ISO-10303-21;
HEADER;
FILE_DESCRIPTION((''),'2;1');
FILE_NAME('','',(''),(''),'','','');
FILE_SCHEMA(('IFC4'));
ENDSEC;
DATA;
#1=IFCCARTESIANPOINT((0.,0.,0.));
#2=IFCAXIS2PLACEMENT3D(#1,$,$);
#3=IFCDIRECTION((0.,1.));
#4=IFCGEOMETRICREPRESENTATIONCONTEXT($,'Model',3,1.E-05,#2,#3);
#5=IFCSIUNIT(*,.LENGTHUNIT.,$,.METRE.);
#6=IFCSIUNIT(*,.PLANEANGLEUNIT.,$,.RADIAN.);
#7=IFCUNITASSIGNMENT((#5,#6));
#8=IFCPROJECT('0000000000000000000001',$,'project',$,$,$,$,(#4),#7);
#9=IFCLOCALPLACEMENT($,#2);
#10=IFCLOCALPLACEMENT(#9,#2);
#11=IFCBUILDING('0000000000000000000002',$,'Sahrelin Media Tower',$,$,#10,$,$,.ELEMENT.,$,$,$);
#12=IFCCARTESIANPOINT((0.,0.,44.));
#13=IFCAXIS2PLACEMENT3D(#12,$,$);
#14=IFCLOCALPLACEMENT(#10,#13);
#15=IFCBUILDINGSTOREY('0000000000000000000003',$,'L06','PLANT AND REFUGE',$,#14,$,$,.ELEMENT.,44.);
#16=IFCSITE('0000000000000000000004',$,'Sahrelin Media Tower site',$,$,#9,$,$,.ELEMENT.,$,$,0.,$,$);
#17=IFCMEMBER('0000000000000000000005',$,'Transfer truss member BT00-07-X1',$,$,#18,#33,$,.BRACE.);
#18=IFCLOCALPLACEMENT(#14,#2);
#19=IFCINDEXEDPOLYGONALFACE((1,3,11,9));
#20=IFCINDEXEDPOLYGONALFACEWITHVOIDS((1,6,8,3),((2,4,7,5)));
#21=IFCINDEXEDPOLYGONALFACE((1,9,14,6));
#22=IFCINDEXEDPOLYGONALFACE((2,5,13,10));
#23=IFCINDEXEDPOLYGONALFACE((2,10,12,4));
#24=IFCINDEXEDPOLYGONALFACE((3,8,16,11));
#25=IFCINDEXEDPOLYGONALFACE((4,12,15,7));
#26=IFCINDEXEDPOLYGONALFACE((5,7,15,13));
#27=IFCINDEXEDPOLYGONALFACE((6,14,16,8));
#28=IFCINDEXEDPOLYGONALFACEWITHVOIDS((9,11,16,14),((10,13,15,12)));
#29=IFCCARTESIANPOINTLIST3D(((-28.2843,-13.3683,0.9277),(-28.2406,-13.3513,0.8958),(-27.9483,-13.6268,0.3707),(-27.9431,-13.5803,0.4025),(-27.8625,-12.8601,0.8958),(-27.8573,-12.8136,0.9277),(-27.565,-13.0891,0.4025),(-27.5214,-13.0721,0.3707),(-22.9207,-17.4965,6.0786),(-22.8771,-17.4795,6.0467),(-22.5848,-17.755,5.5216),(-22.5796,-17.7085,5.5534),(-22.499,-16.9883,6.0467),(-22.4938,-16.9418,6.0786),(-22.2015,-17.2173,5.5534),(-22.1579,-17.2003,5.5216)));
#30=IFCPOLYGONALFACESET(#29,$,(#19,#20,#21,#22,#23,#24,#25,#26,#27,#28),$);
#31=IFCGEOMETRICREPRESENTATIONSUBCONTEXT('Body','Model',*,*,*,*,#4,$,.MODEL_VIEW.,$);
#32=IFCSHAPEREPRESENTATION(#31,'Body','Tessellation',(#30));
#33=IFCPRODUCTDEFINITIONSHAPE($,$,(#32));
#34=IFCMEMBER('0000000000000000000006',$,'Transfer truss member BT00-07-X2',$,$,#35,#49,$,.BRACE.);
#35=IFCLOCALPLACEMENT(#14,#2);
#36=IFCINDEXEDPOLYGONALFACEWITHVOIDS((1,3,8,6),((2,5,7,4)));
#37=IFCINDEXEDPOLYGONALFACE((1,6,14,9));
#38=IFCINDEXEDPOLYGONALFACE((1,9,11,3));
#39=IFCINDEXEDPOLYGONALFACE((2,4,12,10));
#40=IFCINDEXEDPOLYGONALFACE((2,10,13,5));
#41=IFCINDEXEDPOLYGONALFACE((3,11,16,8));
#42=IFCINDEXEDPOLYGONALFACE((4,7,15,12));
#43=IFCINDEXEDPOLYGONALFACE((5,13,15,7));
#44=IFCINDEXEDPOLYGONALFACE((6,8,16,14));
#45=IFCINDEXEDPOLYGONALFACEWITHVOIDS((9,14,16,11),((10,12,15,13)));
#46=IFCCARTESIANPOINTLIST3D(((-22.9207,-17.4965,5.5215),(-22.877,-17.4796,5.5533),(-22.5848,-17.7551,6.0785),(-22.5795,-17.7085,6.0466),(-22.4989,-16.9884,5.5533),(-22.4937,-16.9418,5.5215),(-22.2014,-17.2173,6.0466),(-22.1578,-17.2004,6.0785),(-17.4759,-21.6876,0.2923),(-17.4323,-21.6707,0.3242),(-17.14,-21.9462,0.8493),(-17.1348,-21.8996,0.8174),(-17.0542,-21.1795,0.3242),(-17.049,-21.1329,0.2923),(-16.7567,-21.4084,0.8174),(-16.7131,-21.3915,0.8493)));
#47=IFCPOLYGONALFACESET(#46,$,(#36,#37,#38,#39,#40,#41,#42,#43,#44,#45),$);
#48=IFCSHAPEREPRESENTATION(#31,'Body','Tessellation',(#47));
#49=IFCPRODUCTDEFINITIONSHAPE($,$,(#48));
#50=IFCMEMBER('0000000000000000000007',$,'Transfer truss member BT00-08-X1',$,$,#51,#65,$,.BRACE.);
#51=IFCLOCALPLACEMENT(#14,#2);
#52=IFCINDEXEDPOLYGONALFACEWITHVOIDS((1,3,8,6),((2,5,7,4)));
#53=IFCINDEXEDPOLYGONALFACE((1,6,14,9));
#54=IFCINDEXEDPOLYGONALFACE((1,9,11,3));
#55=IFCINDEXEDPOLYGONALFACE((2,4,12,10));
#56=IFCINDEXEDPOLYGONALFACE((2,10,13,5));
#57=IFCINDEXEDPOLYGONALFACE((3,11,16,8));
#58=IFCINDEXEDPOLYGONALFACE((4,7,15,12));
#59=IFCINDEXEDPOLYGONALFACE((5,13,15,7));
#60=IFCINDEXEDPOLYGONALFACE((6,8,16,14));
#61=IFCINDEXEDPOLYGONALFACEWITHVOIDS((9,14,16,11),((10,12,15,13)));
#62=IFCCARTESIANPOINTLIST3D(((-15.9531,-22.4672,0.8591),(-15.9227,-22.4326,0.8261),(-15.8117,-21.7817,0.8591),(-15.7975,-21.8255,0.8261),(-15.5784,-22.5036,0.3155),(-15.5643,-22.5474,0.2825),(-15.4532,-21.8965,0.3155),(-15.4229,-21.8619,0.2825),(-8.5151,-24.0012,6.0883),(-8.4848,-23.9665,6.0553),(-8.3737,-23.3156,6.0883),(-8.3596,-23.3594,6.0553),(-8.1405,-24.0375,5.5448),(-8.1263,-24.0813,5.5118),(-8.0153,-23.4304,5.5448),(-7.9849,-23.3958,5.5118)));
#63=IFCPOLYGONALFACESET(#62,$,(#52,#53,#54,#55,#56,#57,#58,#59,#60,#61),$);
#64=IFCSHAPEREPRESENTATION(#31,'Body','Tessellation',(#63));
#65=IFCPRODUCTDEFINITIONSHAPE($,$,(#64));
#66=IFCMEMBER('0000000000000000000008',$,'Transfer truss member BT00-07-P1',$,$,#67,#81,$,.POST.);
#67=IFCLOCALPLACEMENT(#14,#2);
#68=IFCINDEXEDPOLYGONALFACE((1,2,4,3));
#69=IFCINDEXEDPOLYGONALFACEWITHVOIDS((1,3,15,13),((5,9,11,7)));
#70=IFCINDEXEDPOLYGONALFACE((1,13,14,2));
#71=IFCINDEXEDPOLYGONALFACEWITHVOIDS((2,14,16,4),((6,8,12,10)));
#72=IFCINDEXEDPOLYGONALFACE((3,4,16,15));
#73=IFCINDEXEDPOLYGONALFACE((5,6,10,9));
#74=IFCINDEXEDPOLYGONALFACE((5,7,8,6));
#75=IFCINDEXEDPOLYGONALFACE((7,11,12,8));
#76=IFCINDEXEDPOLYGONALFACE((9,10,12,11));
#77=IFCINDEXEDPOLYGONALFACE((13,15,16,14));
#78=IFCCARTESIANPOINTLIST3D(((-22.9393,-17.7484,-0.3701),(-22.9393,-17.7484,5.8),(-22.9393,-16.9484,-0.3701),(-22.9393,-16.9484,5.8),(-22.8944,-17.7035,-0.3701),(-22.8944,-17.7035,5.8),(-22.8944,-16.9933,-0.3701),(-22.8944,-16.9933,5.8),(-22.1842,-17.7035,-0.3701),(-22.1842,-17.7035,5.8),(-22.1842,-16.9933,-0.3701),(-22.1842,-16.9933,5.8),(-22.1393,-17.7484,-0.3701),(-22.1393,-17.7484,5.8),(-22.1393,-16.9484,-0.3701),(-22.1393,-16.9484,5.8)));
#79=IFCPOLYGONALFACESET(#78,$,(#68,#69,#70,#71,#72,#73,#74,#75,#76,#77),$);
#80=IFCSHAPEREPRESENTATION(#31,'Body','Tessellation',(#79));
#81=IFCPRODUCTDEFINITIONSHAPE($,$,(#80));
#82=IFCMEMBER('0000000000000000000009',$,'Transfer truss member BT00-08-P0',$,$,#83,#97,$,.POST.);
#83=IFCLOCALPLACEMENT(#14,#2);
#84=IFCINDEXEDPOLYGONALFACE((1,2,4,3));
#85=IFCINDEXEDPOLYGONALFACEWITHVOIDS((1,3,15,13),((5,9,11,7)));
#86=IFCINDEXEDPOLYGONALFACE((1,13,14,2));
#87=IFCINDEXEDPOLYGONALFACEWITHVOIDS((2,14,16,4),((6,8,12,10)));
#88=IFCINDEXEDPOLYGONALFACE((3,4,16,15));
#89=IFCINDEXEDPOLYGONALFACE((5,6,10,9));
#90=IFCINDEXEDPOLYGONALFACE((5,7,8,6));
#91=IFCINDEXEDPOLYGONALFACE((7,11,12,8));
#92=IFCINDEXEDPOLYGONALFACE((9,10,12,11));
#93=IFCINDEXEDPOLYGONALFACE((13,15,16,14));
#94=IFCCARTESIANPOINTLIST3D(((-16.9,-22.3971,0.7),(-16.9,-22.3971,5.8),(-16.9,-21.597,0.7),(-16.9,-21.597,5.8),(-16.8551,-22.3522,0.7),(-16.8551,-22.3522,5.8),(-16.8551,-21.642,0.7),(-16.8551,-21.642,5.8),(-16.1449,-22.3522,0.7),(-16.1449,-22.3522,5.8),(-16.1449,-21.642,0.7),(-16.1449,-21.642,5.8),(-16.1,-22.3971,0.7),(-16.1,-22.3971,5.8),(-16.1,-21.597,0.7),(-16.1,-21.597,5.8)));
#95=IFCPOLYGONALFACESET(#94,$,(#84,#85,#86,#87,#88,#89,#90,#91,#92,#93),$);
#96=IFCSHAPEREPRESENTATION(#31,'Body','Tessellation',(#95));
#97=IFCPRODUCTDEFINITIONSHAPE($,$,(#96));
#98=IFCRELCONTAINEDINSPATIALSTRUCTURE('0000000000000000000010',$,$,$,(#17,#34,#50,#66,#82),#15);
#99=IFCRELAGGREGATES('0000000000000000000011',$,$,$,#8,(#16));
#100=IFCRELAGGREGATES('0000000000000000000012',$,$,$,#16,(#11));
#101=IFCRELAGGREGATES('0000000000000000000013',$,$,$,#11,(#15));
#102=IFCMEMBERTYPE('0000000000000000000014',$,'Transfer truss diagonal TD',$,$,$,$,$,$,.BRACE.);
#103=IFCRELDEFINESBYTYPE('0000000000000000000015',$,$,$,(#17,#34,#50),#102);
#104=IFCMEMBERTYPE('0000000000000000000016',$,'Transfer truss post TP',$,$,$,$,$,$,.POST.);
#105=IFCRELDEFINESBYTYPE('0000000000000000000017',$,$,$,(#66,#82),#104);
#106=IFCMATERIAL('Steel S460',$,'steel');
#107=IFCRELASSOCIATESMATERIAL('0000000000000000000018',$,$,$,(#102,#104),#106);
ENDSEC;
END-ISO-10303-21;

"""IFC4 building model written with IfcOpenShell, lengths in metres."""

from ifc_helpers import new_model, si_unit, direction, frame, origin, origin_2d, place, context, subcontext, project, spatial, hollow_rectangle, extrude, material, material_profile, profile_set, type_object, element, save


model = new_model("IFC4")

# Units and contexts
model_context = context("Model", 3, precision=1e-05, world=origin(), true_north=direction((0.0, 1.0)))
body_context = subcontext(model_context, "Body", "Model", "MODEL_VIEW")
ifc_project = project(units=[si_unit("LENGTHUNIT", "METRE"), si_unit("PLANEANGLEUNIT", "RADIAN")], contexts=[model_context])

# Site, building, storey
site_placement = place(None, origin())
site = spatial("IfcSite", under=ifc_project, at=site_placement, Name="Sahrelin Media Tower site", CompositionType="ELEMENT", RefElevation=0.0)
building_placement = place(site_placement, origin())
building = spatial("IfcBuilding", under=site, at=building_placement, Name="Sahrelin Media Tower", CompositionType="ELEMENT")
storey_placement = place(building_placement, frame((0.0, 0.0, 44.0)))
storey = spatial("IfcBuildingStorey", under=building, at=storey_placement, Name="L06", Description="PLANT AND REFUGE", CompositionType="ELEMENT", Elevation=44.0)

# Shared definitions
ifc_material_1 = material(Name="Steel S460", Category="steel")

# Members
ifc_material_profile_1 = material_profile(ifc_material_1, hollow_rectangle(XDim=0.7, YDim=0.7, WallThickness=0.04, at=origin_2d()), Name="Transfer truss diagonal TD")
ifc_profile_set_1 = profile_set([ifc_material_profile_1], Name="Steel S460")
member_type_1 = type_object("IfcMemberType", Name="Transfer truss diagonal TD", PredefinedType="BRACE", material=ifc_profile_set_1)
member_1_placement = place(storey_placement, frame((-27.9028, -13.2202, 0.6492), z_axis=(0.630607, -0.485363, 0.605605), x_axis=(0.609932, 0.792454, 0.0)))
element("IfcMember", 1, at=member_1_placement, inside=storey, type_object=member_type_1, Name="Transfer truss member BT00-07-X1", PredefinedType="BRACE", context=body_context, shape_type="SweptSolid", body=[
    extrude(hollow_rectangle(XDim=0.7, YDim=0.7, WallThickness=0.04, at=origin_2d()), origin(), (0.0, 0.0, 1.0), 8.5054),
])
member_2_placement = place(storey_placement, frame((-17.0945, -21.5396, 0.5708), z_axis=(-0.630579, 0.485389, 0.605613), x_axis=(-0.60997, -0.792424, 0.0)))
element("IfcMember", 2, at=member_2_placement, inside=storey, type_object=member_type_1, Name="Transfer truss member BT00-07-X2", PredefinedType="BRACE", context=body_context, shape_type="SweptSolid", body=[
    extrude(hollow_rectangle(XDim=0.7, YDim=0.7, WallThickness=0.04, at=origin_2d()), origin(), (0.0, 0.0, 1.0), 8.6345),
])
member_3_placement = place(storey_placement, frame((-15.688, -22.1646, 0.5708), z_axis=(0.80666, -0.166357, 0.567119), x_axis=(0.201979, 0.97939, 0.0)))
element("IfcMember", 3, at=member_3_placement, inside=storey, type_object=member_type_1, Name="Transfer truss member BT00-08-X1", PredefinedType="BRACE", context=body_context, shape_type="SweptSolid", body=[
    extrude(hollow_rectangle(XDim=0.7, YDim=0.7, WallThickness=0.04, at=origin_2d()), origin(), (0.0, 0.0, 1.0), 9.2207),
])
ifc_material_profile_2 = material_profile(ifc_material_1, hollow_rectangle(XDim=0.8, YDim=0.8, WallThickness=0.0449, at=origin_2d()), Name="Transfer truss post TP")
ifc_profile_set_2 = profile_set([ifc_material_profile_2], Name="Steel S460")
member_type_2 = type_object("IfcMemberType", Name="Transfer truss post TP", PredefinedType="POST", material=ifc_profile_set_2)
member_4_placement = place(storey_placement, frame((-22.5393, -17.3484, -0.3701), z_axis=(0.0, 0.0, 1.0), x_axis=(1.0, 0.0, 0.0)))
element("IfcMember", 4, at=member_4_placement, inside=storey, type_object=member_type_2, Name="Transfer truss member BT00-07-P1", PredefinedType="POST", context=body_context, shape_type="SweptSolid", body=[
    extrude(hollow_rectangle(XDim=0.8, YDim=0.8, WallThickness=0.0449, at=origin_2d()), origin(), (0.0, 0.0, 1.0), 6.1702),
])
member_5_placement = place(storey_placement, frame((-16.5, -21.9971, 0.7), z_axis=(0.0, 0.0, 1.0), x_axis=(1.0, 0.0, 0.0)))
element("IfcMember", 5, at=member_5_placement, inside=storey, type_object=member_type_2, Name="Transfer truss member BT00-08-P0", PredefinedType="POST", context=body_context, shape_type="SweptSolid", body=[
    extrude(hollow_rectangle(XDim=0.8, YDim=0.8, WallThickness=0.0449, at=origin_2d()), origin(), (0.0, 0.0, 1.0), 5.1001),
])

save(model, "model.ifc")
